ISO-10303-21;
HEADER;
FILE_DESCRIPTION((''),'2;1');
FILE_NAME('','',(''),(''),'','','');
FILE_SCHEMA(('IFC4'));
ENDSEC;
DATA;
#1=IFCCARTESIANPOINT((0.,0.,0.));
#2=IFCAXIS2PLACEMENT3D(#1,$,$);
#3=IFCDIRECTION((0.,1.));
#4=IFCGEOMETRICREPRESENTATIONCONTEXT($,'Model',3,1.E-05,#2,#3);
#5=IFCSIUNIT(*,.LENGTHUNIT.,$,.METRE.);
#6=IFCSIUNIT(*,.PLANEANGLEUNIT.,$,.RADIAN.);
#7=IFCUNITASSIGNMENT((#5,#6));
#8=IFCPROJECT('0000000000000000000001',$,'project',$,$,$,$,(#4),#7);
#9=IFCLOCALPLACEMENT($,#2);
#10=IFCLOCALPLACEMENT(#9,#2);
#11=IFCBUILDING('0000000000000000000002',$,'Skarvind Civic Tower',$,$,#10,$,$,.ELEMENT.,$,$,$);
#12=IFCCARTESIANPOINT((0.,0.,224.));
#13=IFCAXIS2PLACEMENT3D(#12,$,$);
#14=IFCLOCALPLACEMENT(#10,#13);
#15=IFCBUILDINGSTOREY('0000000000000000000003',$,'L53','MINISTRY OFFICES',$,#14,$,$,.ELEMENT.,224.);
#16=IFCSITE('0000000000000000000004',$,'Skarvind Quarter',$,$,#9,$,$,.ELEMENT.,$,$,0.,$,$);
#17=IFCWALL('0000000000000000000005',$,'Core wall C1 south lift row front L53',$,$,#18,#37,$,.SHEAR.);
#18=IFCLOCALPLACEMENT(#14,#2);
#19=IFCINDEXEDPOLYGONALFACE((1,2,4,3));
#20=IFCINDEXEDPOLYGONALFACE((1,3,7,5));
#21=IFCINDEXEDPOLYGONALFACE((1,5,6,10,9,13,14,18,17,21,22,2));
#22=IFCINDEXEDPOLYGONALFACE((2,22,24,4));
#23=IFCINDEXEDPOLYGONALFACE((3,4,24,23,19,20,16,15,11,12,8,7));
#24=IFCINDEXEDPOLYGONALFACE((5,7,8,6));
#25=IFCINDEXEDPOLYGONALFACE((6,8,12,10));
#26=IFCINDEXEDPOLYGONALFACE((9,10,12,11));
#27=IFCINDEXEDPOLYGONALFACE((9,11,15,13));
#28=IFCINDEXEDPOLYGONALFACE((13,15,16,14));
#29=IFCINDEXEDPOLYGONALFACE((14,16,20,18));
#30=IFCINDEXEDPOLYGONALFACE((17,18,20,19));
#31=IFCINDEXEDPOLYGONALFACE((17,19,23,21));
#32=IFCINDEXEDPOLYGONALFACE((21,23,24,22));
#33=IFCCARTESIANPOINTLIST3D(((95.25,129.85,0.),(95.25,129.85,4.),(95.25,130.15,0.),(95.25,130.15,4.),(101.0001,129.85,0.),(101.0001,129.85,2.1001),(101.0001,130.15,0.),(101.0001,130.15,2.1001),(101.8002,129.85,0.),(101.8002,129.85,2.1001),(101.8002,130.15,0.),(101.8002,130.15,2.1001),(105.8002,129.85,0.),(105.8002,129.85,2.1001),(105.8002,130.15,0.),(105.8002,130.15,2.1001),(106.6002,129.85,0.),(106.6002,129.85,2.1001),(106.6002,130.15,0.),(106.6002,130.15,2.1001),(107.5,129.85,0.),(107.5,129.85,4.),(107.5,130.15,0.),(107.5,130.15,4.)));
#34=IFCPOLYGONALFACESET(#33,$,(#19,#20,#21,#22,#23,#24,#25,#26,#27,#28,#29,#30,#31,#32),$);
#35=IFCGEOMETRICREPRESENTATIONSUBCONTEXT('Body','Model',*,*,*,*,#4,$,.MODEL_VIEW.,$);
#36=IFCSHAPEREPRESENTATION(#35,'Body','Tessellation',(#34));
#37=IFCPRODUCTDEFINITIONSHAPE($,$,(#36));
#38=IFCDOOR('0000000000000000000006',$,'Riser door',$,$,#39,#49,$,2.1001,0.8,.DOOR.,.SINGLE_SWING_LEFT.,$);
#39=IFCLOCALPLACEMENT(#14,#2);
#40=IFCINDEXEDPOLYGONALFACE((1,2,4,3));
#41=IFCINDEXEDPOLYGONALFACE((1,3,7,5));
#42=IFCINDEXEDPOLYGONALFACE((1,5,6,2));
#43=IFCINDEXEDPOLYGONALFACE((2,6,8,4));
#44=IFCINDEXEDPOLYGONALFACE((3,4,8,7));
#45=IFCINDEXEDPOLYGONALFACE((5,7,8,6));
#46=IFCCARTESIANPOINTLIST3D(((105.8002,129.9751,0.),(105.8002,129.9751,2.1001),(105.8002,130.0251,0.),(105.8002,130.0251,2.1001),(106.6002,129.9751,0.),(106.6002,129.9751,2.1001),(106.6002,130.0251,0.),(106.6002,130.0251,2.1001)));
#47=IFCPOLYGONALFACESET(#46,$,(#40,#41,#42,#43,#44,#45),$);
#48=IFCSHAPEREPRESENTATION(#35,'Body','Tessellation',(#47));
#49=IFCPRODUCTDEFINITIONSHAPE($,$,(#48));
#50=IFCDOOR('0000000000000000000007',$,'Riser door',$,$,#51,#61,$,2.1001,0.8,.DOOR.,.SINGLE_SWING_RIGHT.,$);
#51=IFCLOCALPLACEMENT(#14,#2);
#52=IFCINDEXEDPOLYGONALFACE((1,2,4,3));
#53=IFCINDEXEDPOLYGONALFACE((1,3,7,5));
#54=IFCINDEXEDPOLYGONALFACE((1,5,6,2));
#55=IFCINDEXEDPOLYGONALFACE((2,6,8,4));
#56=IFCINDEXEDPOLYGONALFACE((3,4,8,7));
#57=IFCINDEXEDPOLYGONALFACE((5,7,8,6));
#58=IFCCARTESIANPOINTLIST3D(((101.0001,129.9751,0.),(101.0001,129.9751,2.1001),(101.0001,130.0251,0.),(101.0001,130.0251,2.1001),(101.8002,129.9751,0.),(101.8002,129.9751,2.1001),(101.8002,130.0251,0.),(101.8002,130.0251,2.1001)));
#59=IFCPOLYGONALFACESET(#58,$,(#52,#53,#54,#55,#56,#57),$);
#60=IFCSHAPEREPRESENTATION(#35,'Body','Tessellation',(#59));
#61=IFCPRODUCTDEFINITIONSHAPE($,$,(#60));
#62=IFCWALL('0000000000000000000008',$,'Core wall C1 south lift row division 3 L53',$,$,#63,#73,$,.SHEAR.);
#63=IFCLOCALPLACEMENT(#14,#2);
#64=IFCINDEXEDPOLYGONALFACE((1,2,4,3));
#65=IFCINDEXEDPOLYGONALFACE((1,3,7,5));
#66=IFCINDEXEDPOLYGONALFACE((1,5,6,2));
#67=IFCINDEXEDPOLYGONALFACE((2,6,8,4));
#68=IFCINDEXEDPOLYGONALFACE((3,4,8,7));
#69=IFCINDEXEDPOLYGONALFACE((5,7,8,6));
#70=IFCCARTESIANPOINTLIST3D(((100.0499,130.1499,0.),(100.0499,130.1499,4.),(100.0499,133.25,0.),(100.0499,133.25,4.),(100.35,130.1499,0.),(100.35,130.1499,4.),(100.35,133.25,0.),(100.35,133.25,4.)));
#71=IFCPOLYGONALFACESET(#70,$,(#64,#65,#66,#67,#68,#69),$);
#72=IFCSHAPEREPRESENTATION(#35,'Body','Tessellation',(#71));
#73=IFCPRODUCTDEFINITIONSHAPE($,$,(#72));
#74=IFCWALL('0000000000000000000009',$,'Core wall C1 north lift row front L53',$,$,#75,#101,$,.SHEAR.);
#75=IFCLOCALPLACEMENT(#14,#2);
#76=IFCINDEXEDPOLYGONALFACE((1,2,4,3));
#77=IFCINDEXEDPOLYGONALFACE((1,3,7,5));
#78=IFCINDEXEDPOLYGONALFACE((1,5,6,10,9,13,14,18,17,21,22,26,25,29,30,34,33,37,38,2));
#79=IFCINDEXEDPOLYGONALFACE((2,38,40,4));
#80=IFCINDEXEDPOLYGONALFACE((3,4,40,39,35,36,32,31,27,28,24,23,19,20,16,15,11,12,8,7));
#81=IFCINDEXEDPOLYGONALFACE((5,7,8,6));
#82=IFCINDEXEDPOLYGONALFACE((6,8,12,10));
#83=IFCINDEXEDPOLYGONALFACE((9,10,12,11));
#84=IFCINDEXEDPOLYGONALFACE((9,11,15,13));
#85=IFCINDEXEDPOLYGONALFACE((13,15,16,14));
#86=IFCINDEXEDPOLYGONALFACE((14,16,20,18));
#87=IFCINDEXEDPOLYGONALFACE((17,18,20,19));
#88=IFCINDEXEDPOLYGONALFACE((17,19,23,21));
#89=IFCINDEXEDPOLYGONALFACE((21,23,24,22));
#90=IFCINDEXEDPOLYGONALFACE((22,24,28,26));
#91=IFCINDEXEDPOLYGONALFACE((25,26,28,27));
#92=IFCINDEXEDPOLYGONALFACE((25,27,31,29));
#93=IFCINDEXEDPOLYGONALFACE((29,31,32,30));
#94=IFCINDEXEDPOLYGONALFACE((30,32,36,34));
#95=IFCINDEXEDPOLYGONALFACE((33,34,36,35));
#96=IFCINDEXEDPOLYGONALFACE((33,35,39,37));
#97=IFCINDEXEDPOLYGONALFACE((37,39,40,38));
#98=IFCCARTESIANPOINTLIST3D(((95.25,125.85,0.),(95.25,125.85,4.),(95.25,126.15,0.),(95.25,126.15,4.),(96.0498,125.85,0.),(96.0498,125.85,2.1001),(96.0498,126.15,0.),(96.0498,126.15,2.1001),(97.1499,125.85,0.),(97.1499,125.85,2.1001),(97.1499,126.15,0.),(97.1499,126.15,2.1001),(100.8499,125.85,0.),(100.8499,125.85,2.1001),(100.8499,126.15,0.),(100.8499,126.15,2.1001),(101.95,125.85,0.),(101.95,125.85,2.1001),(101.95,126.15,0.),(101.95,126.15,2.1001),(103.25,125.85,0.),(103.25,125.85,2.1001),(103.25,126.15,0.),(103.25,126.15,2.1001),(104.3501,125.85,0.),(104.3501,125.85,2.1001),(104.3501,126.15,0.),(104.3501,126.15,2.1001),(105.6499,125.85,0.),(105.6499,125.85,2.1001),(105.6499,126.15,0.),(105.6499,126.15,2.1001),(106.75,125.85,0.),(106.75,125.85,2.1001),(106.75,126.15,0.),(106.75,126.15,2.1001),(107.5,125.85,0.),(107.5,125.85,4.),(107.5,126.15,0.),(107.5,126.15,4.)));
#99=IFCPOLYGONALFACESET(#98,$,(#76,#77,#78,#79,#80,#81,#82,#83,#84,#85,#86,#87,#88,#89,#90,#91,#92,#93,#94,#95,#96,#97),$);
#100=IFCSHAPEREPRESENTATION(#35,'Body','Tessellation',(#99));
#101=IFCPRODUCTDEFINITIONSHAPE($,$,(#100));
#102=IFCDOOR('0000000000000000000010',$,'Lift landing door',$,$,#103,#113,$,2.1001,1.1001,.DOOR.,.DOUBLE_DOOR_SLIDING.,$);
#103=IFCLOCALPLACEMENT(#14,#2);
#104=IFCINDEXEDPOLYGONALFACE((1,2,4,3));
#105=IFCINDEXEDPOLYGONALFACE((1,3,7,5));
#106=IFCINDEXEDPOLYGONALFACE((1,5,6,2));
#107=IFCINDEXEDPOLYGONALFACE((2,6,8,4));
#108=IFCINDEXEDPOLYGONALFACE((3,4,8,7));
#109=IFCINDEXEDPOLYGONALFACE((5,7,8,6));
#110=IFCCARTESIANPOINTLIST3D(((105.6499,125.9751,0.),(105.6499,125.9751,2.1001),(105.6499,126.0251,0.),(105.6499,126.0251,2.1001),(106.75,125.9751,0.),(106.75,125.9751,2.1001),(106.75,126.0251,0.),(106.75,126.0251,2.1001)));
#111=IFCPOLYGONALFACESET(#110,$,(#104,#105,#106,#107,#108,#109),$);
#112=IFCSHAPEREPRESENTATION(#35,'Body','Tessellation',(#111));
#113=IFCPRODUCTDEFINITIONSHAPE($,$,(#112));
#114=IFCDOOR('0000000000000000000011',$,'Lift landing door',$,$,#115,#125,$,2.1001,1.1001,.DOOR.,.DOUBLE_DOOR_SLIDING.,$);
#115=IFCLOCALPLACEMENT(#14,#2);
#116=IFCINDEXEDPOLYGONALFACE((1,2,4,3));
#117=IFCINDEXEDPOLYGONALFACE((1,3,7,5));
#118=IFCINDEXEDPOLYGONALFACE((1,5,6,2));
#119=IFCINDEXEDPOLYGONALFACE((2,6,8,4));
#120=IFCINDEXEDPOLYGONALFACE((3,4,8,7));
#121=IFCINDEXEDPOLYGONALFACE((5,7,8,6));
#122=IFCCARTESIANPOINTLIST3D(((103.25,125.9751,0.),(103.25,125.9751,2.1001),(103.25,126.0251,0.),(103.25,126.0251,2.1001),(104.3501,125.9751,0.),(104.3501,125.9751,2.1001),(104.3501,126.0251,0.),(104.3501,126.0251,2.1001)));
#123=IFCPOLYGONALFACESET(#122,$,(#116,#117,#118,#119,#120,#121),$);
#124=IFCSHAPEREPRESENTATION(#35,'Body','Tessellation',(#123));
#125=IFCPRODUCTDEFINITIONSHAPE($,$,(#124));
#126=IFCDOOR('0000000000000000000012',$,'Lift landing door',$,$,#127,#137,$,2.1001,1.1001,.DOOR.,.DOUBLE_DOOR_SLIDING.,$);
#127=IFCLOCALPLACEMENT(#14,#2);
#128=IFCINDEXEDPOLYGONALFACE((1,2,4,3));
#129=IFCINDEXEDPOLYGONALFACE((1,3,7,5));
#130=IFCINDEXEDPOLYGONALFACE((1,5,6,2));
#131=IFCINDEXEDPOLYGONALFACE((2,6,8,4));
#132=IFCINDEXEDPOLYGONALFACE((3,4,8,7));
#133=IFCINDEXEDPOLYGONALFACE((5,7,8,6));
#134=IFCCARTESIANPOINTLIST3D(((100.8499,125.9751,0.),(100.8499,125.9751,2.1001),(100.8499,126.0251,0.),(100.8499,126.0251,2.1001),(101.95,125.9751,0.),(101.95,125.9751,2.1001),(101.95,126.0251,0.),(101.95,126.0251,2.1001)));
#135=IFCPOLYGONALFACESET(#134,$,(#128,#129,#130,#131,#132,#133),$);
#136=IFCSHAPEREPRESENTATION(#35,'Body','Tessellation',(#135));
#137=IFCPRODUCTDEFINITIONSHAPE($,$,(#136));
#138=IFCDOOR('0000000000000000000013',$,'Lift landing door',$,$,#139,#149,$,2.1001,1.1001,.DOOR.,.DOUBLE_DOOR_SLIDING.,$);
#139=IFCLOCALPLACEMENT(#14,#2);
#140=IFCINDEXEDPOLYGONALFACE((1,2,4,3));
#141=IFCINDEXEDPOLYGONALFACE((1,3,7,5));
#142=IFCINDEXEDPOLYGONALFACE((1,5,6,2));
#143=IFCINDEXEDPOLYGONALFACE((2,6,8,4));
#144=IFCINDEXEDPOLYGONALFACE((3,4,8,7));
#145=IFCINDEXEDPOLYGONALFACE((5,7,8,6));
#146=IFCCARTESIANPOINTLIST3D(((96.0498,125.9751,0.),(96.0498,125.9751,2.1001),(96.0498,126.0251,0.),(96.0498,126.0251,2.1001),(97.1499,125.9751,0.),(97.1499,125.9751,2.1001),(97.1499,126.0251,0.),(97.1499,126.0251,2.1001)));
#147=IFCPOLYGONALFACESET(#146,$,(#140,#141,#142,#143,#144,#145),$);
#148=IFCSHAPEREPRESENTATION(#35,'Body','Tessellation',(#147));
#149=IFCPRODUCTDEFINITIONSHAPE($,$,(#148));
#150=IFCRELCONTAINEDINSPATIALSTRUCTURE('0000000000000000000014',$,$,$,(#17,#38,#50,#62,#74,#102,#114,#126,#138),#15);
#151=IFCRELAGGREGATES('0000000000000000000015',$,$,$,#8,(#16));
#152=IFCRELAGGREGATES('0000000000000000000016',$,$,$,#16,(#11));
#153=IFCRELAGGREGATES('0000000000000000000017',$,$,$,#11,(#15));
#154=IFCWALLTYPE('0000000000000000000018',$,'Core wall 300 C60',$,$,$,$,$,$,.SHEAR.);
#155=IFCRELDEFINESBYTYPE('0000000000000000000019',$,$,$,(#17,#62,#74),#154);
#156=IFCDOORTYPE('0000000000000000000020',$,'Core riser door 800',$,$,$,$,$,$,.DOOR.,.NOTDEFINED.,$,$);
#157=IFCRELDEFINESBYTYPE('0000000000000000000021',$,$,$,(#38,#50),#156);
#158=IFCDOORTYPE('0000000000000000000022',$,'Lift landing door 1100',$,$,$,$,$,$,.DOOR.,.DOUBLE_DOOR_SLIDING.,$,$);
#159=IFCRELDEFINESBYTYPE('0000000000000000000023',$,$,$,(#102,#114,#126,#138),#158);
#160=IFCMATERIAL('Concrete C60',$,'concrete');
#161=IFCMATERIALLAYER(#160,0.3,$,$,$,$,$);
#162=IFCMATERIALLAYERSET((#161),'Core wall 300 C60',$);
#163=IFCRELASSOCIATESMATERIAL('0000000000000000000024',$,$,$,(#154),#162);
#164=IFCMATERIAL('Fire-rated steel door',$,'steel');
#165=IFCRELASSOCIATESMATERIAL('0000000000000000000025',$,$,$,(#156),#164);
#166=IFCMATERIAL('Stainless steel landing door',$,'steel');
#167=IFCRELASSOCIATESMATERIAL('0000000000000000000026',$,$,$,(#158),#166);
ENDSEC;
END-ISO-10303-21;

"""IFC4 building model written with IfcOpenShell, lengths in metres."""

from ifc_helpers import new_model, si_unit, direction, frame, frame_2d, origin, place, context, subcontext, project, spatial, rectangle, extrude, material, layer, layer_set, type_object, element, fill, save


model = new_model("IFC4")

# Units and contexts
model_context = context("Model", 3, precision=1e-05, world=origin(), true_north=direction((0.0, 1.0)))
body_context = subcontext(model_context, "Body", "Model", "MODEL_VIEW")
ifc_project = project(units=[si_unit("LENGTHUNIT", "METRE"), si_unit("PLANEANGLEUNIT", "RADIAN")], contexts=[model_context])

# Site, building, storey
site_placement = place(None, origin())
site = spatial("IfcSite", under=ifc_project, at=site_placement, Name="Skarvind Quarter", CompositionType="ELEMENT", RefElevation=0.0)
building_placement = place(site_placement, origin())
building = spatial("IfcBuilding", under=site, at=building_placement, Name="Skarvind Civic Tower", CompositionType="ELEMENT")
storey_placement = place(building_placement, frame((0.0, 0.0, 224.0)))
storey = spatial("IfcBuildingStorey", under=building, at=storey_placement, Name="L53", Description="MINISTRY OFFICES", CompositionType="ELEMENT", Elevation=224.0)

# Wall, openings, doors
ifc_material_1 = material(Name="Concrete C60", Category="concrete")
ifc_layer_1 = layer(ifc_material_1, 0.3)
ifc_layer_set_1 = layer_set([ifc_layer_1], Name="Core wall 300 C60")
wall_type_1 = type_object("IfcWallType", Name="Core wall 300 C60", PredefinedType="SHEAR", material=ifc_layer_set_1)
wall_1_placement = place(storey_placement, frame((107.5, 130.0, 0.0), z_axis=(0.0, 0.0, 1.0), x_axis=(-1.0, 0.0, 0.0)))
wall_1 = element("IfcWall", 1, at=wall_1_placement, inside=storey, type_object=wall_type_1, Name="Core wall C1 south lift row front L53", PredefinedType="SHEAR", context=body_context, shape_type="SweptSolid", body=[
    extrude(rectangle(XDim=12.25, YDim=0.3, at=frame_2d((6.125, 0.0))), origin(), (0.0, 0.0, 1.0), 4.0),
])
opening_1_placement = place(wall_1_placement, frame((0.8999, 0.0, 0.0)))
opening_1 = element("IfcOpeningElement", 2, at=opening_1_placement, cuts=wall_1, PredefinedType="OPENING", context=body_context, shape_type="SweptSolid", body=[
    extrude(rectangle(XDim=0.8, YDim=2.1001, at=frame_2d((0.3999, 1.05))), frame((0.0, 0.1599, 0.0), z_axis=(0.0, -1.0, 0.0), x_axis=(1.0, 0.0, 0.0)), (0.0, 0.0, 1.0), 0.3201),
])
opening_2_placement = place(wall_1_placement, frame((5.7, 0.0, 0.0)))
opening_2 = element("IfcOpeningElement", 3, at=opening_2_placement, cuts=wall_1, PredefinedType="OPENING", context=body_context, shape_type="SweptSolid", body=[
    extrude(rectangle(XDim=0.8, YDim=2.1001, at=frame_2d((0.3999, 1.05))), frame((0.0, 0.1599, 0.0), z_axis=(0.0, -1.0, 0.0), x_axis=(1.0, 0.0, 0.0)), (0.0, 0.0, 1.0), 0.3201),
])
ifc_material_2 = material(Name="Fire-rated steel door", Category="steel")
door_type_1 = type_object("IfcDoorType", Name="Core riser door 800", OperationType="NOTDEFINED", PredefinedType="DOOR", material=ifc_material_2)
door_1_placement = place(opening_1_placement, origin())
door_1 = element("IfcDoor", 4, at=door_1_placement, inside=storey, type_object=door_type_1, Name="Riser door", OperationType="SINGLE_SWING_LEFT", OverallHeight=2.1001, OverallWidth=0.8, PredefinedType="DOOR", context=body_context, shape_type="SweptSolid", body=[
    extrude(rectangle(XDim=0.8, YDim=2.1001, at=frame_2d((0.3999, 1.05))), frame((0.0, 0.0249, 0.0), z_axis=(0.0, -1.0, 0.0), x_axis=(1.0, 0.0, 0.0)), (0.0, 0.0, 1.0), 0.05),
])
fill(opening_1, door_1)
door_2_placement = place(opening_2_placement, origin())
door_2 = element("IfcDoor", 5, at=door_2_placement, inside=storey, type_object=door_type_1, Name="Riser door", OperationType="SINGLE_SWING_RIGHT", OverallHeight=2.1001, OverallWidth=0.8, PredefinedType="DOOR", context=body_context, shape_type="SweptSolid", body=[
    extrude(rectangle(XDim=0.8, YDim=2.1001, at=frame_2d((0.3999, 1.05))), frame((0.0, 0.0249, 0.0), z_axis=(0.0, -1.0, 0.0), x_axis=(1.0, 0.0, 0.0)), (0.0, 0.0, 1.0), 0.05),
])
fill(opening_2, door_2)

# Wall
wall_2_placement = place(storey_placement, frame((100.2, 133.25, 0.0), z_axis=(0.0, 0.0, 1.0), x_axis=(0.0, -1.0, 0.0)))
element("IfcWall", 6, at=wall_2_placement, inside=storey, type_object=wall_type_1, Name="Core wall C1 south lift row division 3 L53", PredefinedType="SHEAR", context=body_context, shape_type="SweptSolid", body=[
    extrude(rectangle(XDim=3.1001, YDim=0.3, at=frame_2d((1.55, 0.0))), origin(), (0.0, 0.0, 1.0), 4.0),
])

# Wall, openings, doors
wall_3_placement = place(storey_placement, frame((107.5, 126.0, 0.0), z_axis=(0.0, 0.0, 1.0), x_axis=(-1.0, 0.0, 0.0)))
wall_3 = element("IfcWall", 7, at=wall_3_placement, inside=storey, type_object=wall_type_1, Name="Core wall C1 north lift row front L53", PredefinedType="SHEAR", context=body_context, shape_type="SweptSolid", body=[
    extrude(rectangle(XDim=12.25, YDim=0.3, at=frame_2d((6.125, 0.0))), origin(), (0.0, 0.0, 1.0), 4.0),
])
opening_3_placement = place(wall_3_placement, frame((0.75, 0.0, 0.0)))
opening_3 = element("IfcOpeningElement", 8, at=opening_3_placement, cuts=wall_3, PredefinedType="OPENING", context=body_context, shape_type="SweptSolid", body=[
    extrude(rectangle(XDim=1.1001, YDim=2.1001, at=frame_2d((0.55, 1.05))), frame((0.0, 0.1599, 0.0), z_axis=(0.0, -1.0, 0.0), x_axis=(1.0, 0.0, 0.0)), (0.0, 0.0, 1.0), 0.3201),
])
opening_4_placement = place(wall_3_placement, frame((3.1499, 0.0, 0.0)))
opening_4 = element("IfcOpeningElement", 9, at=opening_4_placement, cuts=wall_3, PredefinedType="OPENING", context=body_context, shape_type="SweptSolid", body=[
    extrude(rectangle(XDim=1.1001, YDim=2.1001, at=frame_2d((0.55, 1.05))), frame((0.0, 0.1599, 0.0), z_axis=(0.0, -1.0, 0.0), x_axis=(1.0, 0.0, 0.0)), (0.0, 0.0, 1.0), 0.3201),
])
opening_5_placement = place(wall_3_placement, frame((5.55, 0.0, 0.0)))
opening_5 = element("IfcOpeningElement", 10, at=opening_5_placement, cuts=wall_3, PredefinedType="OPENING", context=body_context, shape_type="SweptSolid", body=[
    extrude(rectangle(XDim=1.1001, YDim=2.1001, at=frame_2d((0.55, 1.05))), frame((0.0, 0.1599, 0.0), z_axis=(0.0, -1.0, 0.0), x_axis=(1.0, 0.0, 0.0)), (0.0, 0.0, 1.0), 0.3201),
])
opening_6_placement = place(wall_3_placement, frame((10.3501, 0.0, 0.0)))
opening_6 = element("IfcOpeningElement", 11, at=opening_6_placement, cuts=wall_3, PredefinedType="OPENING", context=body_context, shape_type="SweptSolid", body=[
    extrude(rectangle(XDim=1.1001, YDim=2.1001, at=frame_2d((0.55, 1.05))), frame((0.0, 0.1599, 0.0), z_axis=(0.0, -1.0, 0.0), x_axis=(1.0, 0.0, 0.0)), (0.0, 0.0, 1.0), 0.3201),
])
ifc_material_3 = material(Name="Stainless steel landing door", Category="steel")
door_type_2 = type_object("IfcDoorType", Name="Lift landing door 1100", OperationType="DOUBLE_DOOR_SLIDING", PredefinedType="DOOR", material=ifc_material_3)
door_3_placement = place(opening_3_placement, origin())
door_3 = element("IfcDoor", 12, at=door_3_placement, inside=storey, type_object=door_type_2, Name="Lift landing door", OperationType="DOUBLE_DOOR_SLIDING", OverallHeight=2.1001, OverallWidth=1.1001, PredefinedType="DOOR", context=body_context, shape_type="SweptSolid", body=[
    extrude(rectangle(XDim=1.1001, YDim=2.1001, at=frame_2d((0.55, 1.05))), frame((0.0, 0.0249, 0.0), z_axis=(0.0, -1.0, 0.0), x_axis=(1.0, 0.0, 0.0)), (0.0, 0.0, 1.0), 0.05),
])
fill(opening_3, door_3)
door_4_placement = place(opening_4_placement, origin())
door_4 = element("IfcDoor", 13, at=door_4_placement, inside=storey, type_object=door_type_2, Name="Lift landing door", OperationType="DOUBLE_DOOR_SLIDING", OverallHeight=2.1001, OverallWidth=1.1001, PredefinedType="DOOR", context=body_context, shape_type="SweptSolid", body=[
    extrude(rectangle(XDim=1.1001, YDim=2.1001, at=frame_2d((0.55, 1.05))), frame((0.0, 0.0249, 0.0), z_axis=(0.0, -1.0, 0.0), x_axis=(1.0, 0.0, 0.0)), (0.0, 0.0, 1.0), 0.05),
])
fill(opening_4, door_4)
door_5_placement = place(opening_5_placement, origin())
door_5 = element("IfcDoor", 14, at=door_5_placement, inside=storey, type_object=door_type_2, Name="Lift landing door", OperationType="DOUBLE_DOOR_SLIDING", OverallHeight=2.1001, OverallWidth=1.1001, PredefinedType="DOOR", context=body_context, shape_type="SweptSolid", body=[
    extrude(rectangle(XDim=1.1001, YDim=2.1001, at=frame_2d((0.55, 1.05))), frame((0.0, 0.0249, 0.0), z_axis=(0.0, -1.0, 0.0), x_axis=(1.0, 0.0, 0.0)), (0.0, 0.0, 1.0), 0.05),
])
fill(opening_5, door_5)
door_6_placement = place(opening_6_placement, origin())
door_6 = element("IfcDoor", 15, at=door_6_placement, inside=storey, type_object=door_type_2, Name="Lift landing door", OperationType="DOUBLE_DOOR_SLIDING", OverallHeight=2.1001, OverallWidth=1.1001, PredefinedType="DOOR", context=body_context, shape_type="SweptSolid", body=[
    extrude(rectangle(XDim=1.1001, YDim=2.1001, at=frame_2d((0.55, 1.05))), frame((0.0, 0.0249, 0.0), z_axis=(0.0, -1.0, 0.0), x_axis=(1.0, 0.0, 0.0)), (0.0, 0.0, 1.0), 0.05),
])
fill(opening_6, door_6)

save(model, "model.ifc")
